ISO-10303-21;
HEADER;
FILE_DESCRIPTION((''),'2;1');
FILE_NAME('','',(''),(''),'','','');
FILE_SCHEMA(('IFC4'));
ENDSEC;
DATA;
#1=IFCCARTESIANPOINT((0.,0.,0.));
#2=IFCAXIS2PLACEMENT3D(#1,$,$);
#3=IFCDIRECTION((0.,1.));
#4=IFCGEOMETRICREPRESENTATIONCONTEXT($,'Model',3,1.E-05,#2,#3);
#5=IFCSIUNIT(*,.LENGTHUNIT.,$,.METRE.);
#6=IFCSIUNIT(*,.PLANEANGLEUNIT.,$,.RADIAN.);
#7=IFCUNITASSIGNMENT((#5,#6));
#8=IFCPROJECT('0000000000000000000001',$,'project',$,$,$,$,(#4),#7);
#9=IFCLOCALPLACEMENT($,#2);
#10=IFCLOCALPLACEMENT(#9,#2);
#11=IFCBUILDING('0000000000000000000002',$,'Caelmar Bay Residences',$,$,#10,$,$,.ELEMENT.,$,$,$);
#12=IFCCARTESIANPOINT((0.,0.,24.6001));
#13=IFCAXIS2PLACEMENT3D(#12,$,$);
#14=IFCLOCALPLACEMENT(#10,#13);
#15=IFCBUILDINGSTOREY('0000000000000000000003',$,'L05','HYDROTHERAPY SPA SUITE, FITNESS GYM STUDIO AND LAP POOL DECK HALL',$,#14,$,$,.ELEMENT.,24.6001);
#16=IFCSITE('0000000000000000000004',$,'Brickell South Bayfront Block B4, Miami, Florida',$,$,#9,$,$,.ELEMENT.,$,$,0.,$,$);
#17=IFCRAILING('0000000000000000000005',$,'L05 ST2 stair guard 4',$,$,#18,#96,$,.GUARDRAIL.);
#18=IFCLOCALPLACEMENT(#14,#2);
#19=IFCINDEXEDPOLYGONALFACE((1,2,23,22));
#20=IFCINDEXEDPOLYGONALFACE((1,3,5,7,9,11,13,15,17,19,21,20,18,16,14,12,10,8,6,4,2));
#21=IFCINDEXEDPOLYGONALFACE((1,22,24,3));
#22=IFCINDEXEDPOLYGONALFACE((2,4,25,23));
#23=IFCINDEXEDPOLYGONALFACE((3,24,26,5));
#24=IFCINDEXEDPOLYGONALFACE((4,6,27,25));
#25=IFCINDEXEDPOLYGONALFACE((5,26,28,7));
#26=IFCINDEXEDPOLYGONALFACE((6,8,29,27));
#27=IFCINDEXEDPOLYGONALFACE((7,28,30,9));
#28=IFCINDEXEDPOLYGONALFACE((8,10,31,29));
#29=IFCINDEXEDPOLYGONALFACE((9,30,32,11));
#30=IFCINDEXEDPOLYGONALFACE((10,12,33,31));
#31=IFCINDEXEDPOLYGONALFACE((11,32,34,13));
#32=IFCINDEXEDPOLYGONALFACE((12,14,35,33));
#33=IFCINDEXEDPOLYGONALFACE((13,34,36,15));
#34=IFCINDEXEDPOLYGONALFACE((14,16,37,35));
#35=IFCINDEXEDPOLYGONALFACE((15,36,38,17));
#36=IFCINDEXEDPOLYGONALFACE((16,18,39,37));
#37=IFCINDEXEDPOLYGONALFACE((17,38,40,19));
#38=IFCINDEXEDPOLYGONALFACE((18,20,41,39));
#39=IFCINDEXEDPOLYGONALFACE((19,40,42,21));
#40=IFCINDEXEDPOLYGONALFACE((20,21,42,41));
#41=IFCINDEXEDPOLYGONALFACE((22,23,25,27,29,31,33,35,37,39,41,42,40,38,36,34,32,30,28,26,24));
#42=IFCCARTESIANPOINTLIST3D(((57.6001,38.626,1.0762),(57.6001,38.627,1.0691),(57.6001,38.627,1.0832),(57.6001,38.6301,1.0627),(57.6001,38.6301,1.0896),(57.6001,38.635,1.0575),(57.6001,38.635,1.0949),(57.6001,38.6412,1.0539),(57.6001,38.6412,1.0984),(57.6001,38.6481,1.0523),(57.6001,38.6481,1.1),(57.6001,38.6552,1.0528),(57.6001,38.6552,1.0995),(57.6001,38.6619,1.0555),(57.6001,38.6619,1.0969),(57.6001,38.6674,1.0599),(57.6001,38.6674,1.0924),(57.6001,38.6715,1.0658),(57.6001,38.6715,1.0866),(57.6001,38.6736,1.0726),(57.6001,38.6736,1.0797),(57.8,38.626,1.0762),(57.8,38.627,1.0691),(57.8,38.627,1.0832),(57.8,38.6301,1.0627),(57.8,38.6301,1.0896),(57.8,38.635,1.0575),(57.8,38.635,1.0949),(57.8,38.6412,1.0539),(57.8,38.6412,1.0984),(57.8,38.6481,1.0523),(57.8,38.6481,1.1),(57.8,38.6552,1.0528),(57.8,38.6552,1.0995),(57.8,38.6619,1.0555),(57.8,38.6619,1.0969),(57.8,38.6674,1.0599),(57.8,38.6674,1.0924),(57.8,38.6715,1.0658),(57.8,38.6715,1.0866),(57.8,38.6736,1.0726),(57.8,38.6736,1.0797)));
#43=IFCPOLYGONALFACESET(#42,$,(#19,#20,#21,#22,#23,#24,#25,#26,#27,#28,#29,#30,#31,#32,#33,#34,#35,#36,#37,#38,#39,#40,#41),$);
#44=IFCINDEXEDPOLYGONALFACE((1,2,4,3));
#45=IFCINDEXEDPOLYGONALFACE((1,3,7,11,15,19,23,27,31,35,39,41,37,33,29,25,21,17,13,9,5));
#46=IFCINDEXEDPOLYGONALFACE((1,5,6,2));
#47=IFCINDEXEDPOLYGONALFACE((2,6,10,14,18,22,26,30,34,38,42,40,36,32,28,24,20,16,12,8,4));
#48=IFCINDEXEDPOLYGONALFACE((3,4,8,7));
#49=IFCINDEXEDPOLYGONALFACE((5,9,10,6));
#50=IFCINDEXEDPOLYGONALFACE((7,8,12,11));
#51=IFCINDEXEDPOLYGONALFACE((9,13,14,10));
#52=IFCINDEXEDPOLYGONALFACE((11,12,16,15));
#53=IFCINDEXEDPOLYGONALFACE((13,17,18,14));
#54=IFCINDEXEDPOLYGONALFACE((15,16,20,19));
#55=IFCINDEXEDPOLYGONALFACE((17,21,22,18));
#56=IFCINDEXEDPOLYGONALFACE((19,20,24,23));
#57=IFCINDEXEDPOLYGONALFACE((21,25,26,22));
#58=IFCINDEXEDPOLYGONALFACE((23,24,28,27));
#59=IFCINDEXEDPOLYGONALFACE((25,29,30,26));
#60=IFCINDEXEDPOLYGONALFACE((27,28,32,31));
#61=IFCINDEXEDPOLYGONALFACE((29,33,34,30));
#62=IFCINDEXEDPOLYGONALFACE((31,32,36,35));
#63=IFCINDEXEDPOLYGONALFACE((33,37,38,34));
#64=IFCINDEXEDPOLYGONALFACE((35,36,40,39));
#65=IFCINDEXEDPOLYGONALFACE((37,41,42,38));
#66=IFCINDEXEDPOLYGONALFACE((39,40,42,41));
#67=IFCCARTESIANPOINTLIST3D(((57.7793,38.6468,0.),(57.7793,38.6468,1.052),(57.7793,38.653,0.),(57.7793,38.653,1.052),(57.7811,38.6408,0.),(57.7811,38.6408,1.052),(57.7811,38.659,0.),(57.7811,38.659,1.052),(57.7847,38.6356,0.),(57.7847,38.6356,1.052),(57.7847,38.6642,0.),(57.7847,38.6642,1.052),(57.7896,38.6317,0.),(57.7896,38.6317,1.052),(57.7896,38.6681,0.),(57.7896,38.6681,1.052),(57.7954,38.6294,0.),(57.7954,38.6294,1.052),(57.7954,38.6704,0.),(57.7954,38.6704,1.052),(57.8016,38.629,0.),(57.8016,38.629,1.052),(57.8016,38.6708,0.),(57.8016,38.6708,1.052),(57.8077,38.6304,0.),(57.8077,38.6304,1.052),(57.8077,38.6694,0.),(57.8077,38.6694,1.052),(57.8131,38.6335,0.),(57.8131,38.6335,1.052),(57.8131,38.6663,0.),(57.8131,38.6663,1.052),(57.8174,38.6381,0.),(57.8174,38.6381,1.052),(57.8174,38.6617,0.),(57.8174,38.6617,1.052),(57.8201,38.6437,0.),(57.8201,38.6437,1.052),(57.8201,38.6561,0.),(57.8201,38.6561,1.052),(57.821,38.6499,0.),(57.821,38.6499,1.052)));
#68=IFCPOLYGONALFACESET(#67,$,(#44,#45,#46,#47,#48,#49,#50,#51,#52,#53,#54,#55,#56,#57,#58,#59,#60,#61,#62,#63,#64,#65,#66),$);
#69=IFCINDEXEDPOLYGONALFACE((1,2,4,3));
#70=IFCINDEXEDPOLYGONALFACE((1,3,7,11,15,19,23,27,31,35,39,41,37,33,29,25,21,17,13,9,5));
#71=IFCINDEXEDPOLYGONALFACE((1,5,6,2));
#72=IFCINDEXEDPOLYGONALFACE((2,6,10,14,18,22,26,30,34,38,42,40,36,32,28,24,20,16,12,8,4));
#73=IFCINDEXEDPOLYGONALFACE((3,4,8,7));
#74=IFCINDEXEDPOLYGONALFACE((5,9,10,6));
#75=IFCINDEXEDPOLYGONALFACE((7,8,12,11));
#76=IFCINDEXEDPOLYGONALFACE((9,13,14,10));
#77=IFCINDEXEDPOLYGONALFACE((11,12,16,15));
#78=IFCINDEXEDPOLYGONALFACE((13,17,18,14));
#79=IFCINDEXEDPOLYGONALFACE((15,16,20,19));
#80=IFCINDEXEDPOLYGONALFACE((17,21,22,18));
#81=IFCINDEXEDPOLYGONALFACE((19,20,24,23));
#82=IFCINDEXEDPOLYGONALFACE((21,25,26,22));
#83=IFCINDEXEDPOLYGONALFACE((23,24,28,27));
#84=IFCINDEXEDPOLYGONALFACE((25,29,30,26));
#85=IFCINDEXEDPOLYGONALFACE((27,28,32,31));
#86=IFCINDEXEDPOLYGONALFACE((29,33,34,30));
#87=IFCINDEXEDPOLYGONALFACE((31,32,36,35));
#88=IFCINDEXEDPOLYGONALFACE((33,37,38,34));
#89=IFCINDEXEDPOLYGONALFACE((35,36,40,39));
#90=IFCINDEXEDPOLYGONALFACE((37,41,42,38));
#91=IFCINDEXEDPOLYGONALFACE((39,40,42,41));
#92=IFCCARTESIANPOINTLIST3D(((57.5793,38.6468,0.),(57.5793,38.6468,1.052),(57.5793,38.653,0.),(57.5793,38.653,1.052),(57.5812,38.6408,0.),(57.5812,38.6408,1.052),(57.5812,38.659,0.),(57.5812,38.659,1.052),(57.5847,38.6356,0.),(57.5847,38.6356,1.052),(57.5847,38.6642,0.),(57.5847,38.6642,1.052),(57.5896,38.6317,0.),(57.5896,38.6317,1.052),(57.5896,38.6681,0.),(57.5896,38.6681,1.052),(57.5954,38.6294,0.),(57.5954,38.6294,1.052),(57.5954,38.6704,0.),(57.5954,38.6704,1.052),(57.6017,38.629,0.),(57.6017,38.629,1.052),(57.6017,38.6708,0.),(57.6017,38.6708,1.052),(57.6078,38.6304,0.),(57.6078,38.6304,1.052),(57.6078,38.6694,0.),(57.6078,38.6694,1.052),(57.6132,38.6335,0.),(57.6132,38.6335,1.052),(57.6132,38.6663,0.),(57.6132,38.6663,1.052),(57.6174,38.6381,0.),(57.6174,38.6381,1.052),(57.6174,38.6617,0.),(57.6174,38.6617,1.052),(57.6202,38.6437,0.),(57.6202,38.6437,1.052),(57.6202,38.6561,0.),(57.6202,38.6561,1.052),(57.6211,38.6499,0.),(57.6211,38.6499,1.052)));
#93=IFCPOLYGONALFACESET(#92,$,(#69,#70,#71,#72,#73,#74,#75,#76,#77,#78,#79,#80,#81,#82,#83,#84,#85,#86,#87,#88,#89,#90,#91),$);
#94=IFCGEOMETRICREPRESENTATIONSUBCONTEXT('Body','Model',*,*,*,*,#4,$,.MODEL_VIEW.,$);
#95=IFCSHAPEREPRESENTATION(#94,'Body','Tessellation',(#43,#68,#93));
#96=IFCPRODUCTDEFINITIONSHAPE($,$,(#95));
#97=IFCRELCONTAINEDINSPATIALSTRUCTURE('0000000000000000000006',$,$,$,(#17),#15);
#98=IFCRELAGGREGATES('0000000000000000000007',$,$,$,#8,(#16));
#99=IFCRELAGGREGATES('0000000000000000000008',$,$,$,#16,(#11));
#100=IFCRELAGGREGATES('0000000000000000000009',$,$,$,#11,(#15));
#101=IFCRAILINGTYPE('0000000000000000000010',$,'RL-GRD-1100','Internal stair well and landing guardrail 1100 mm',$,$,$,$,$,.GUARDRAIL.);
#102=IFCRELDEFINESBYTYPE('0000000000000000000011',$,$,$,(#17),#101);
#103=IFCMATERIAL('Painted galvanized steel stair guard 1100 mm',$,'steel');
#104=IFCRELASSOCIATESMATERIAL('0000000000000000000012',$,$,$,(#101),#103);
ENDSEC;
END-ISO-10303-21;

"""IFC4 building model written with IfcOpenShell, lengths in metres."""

from ifc_helpers import new_model, si_unit, direction, frame, origin, origin_2d, place, context, subcontext, project, spatial, circle, extrude, material, type_object, element, save


model = new_model("IFC4")

# Units and contexts
model_context = context("Model", 3, precision=1e-05, world=origin(), true_north=direction((0.0, 1.0)))
body_context = subcontext(model_context, "Body", "Model", "MODEL_VIEW")
ifc_project = project(units=[si_unit("LENGTHUNIT", "METRE"), si_unit("PLANEANGLEUNIT", "RADIAN")], contexts=[model_context])

# Site, building, storey
site_placement = place(None, origin())
site = spatial("IfcSite", under=ifc_project, at=site_placement, Name="Brickell South Bayfront Block B4, Miami, Florida", CompositionType="ELEMENT", RefElevation=0.0)
building_placement = place(site_placement, origin())
building = spatial("IfcBuilding", under=site, at=building_placement, Name="Caelmar Bay Residences", CompositionType="ELEMENT")
storey_placement = place(building_placement, frame((0.0, 0.0, 24.6001)))
storey = spatial("IfcBuildingStorey", under=building, at=storey_placement, Name="L05", Description="HYDROTHERAPY SPA SUITE, FITNESS GYM STUDIO AND LAP POOL DECK HALL", CompositionType="ELEMENT", Elevation=24.6001)

# Railing
ifc_material_1 = material(Name="Painted galvanized steel stair guard 1100 mm", Category="steel")
railing_type_1 = type_object("IfcRailingType", Name="RL-GRD-1100", Description="Internal stair well and landing guardrail 1100 mm", PredefinedType="GUARDRAIL", material=ifc_material_1)
railing_1_placement = place(storey_placement, frame((57.8, 38.6499, 0.0)))
element("IfcRailing", 1, at=railing_1_placement, inside=storey, type_object=railing_type_1, Name="L05 ST2 stair guard 4", PredefinedType="GUARDRAIL", context=body_context, shape_type="SweptSolid", body=[
    extrude(circle(Radius=0.0239, at=origin_2d()), frame((0.0, 0.0, 1.0762), z_axis=(-1.0, 0.0, 0.0), x_axis=(0.0, -1.0, 0.0)), (0.0, 0.0, 1.0), 0.2),
    extrude(circle(Radius=0.021, at=origin_2d()), origin(), (0.0, 0.0, 1.0), 1.052),
    extrude(circle(Radius=0.021, at=origin_2d()), frame((-0.2, 0.0, 0.0)), (0.0, 0.0, 1.0), 1.052),
])

save(model, "model.ifc")
